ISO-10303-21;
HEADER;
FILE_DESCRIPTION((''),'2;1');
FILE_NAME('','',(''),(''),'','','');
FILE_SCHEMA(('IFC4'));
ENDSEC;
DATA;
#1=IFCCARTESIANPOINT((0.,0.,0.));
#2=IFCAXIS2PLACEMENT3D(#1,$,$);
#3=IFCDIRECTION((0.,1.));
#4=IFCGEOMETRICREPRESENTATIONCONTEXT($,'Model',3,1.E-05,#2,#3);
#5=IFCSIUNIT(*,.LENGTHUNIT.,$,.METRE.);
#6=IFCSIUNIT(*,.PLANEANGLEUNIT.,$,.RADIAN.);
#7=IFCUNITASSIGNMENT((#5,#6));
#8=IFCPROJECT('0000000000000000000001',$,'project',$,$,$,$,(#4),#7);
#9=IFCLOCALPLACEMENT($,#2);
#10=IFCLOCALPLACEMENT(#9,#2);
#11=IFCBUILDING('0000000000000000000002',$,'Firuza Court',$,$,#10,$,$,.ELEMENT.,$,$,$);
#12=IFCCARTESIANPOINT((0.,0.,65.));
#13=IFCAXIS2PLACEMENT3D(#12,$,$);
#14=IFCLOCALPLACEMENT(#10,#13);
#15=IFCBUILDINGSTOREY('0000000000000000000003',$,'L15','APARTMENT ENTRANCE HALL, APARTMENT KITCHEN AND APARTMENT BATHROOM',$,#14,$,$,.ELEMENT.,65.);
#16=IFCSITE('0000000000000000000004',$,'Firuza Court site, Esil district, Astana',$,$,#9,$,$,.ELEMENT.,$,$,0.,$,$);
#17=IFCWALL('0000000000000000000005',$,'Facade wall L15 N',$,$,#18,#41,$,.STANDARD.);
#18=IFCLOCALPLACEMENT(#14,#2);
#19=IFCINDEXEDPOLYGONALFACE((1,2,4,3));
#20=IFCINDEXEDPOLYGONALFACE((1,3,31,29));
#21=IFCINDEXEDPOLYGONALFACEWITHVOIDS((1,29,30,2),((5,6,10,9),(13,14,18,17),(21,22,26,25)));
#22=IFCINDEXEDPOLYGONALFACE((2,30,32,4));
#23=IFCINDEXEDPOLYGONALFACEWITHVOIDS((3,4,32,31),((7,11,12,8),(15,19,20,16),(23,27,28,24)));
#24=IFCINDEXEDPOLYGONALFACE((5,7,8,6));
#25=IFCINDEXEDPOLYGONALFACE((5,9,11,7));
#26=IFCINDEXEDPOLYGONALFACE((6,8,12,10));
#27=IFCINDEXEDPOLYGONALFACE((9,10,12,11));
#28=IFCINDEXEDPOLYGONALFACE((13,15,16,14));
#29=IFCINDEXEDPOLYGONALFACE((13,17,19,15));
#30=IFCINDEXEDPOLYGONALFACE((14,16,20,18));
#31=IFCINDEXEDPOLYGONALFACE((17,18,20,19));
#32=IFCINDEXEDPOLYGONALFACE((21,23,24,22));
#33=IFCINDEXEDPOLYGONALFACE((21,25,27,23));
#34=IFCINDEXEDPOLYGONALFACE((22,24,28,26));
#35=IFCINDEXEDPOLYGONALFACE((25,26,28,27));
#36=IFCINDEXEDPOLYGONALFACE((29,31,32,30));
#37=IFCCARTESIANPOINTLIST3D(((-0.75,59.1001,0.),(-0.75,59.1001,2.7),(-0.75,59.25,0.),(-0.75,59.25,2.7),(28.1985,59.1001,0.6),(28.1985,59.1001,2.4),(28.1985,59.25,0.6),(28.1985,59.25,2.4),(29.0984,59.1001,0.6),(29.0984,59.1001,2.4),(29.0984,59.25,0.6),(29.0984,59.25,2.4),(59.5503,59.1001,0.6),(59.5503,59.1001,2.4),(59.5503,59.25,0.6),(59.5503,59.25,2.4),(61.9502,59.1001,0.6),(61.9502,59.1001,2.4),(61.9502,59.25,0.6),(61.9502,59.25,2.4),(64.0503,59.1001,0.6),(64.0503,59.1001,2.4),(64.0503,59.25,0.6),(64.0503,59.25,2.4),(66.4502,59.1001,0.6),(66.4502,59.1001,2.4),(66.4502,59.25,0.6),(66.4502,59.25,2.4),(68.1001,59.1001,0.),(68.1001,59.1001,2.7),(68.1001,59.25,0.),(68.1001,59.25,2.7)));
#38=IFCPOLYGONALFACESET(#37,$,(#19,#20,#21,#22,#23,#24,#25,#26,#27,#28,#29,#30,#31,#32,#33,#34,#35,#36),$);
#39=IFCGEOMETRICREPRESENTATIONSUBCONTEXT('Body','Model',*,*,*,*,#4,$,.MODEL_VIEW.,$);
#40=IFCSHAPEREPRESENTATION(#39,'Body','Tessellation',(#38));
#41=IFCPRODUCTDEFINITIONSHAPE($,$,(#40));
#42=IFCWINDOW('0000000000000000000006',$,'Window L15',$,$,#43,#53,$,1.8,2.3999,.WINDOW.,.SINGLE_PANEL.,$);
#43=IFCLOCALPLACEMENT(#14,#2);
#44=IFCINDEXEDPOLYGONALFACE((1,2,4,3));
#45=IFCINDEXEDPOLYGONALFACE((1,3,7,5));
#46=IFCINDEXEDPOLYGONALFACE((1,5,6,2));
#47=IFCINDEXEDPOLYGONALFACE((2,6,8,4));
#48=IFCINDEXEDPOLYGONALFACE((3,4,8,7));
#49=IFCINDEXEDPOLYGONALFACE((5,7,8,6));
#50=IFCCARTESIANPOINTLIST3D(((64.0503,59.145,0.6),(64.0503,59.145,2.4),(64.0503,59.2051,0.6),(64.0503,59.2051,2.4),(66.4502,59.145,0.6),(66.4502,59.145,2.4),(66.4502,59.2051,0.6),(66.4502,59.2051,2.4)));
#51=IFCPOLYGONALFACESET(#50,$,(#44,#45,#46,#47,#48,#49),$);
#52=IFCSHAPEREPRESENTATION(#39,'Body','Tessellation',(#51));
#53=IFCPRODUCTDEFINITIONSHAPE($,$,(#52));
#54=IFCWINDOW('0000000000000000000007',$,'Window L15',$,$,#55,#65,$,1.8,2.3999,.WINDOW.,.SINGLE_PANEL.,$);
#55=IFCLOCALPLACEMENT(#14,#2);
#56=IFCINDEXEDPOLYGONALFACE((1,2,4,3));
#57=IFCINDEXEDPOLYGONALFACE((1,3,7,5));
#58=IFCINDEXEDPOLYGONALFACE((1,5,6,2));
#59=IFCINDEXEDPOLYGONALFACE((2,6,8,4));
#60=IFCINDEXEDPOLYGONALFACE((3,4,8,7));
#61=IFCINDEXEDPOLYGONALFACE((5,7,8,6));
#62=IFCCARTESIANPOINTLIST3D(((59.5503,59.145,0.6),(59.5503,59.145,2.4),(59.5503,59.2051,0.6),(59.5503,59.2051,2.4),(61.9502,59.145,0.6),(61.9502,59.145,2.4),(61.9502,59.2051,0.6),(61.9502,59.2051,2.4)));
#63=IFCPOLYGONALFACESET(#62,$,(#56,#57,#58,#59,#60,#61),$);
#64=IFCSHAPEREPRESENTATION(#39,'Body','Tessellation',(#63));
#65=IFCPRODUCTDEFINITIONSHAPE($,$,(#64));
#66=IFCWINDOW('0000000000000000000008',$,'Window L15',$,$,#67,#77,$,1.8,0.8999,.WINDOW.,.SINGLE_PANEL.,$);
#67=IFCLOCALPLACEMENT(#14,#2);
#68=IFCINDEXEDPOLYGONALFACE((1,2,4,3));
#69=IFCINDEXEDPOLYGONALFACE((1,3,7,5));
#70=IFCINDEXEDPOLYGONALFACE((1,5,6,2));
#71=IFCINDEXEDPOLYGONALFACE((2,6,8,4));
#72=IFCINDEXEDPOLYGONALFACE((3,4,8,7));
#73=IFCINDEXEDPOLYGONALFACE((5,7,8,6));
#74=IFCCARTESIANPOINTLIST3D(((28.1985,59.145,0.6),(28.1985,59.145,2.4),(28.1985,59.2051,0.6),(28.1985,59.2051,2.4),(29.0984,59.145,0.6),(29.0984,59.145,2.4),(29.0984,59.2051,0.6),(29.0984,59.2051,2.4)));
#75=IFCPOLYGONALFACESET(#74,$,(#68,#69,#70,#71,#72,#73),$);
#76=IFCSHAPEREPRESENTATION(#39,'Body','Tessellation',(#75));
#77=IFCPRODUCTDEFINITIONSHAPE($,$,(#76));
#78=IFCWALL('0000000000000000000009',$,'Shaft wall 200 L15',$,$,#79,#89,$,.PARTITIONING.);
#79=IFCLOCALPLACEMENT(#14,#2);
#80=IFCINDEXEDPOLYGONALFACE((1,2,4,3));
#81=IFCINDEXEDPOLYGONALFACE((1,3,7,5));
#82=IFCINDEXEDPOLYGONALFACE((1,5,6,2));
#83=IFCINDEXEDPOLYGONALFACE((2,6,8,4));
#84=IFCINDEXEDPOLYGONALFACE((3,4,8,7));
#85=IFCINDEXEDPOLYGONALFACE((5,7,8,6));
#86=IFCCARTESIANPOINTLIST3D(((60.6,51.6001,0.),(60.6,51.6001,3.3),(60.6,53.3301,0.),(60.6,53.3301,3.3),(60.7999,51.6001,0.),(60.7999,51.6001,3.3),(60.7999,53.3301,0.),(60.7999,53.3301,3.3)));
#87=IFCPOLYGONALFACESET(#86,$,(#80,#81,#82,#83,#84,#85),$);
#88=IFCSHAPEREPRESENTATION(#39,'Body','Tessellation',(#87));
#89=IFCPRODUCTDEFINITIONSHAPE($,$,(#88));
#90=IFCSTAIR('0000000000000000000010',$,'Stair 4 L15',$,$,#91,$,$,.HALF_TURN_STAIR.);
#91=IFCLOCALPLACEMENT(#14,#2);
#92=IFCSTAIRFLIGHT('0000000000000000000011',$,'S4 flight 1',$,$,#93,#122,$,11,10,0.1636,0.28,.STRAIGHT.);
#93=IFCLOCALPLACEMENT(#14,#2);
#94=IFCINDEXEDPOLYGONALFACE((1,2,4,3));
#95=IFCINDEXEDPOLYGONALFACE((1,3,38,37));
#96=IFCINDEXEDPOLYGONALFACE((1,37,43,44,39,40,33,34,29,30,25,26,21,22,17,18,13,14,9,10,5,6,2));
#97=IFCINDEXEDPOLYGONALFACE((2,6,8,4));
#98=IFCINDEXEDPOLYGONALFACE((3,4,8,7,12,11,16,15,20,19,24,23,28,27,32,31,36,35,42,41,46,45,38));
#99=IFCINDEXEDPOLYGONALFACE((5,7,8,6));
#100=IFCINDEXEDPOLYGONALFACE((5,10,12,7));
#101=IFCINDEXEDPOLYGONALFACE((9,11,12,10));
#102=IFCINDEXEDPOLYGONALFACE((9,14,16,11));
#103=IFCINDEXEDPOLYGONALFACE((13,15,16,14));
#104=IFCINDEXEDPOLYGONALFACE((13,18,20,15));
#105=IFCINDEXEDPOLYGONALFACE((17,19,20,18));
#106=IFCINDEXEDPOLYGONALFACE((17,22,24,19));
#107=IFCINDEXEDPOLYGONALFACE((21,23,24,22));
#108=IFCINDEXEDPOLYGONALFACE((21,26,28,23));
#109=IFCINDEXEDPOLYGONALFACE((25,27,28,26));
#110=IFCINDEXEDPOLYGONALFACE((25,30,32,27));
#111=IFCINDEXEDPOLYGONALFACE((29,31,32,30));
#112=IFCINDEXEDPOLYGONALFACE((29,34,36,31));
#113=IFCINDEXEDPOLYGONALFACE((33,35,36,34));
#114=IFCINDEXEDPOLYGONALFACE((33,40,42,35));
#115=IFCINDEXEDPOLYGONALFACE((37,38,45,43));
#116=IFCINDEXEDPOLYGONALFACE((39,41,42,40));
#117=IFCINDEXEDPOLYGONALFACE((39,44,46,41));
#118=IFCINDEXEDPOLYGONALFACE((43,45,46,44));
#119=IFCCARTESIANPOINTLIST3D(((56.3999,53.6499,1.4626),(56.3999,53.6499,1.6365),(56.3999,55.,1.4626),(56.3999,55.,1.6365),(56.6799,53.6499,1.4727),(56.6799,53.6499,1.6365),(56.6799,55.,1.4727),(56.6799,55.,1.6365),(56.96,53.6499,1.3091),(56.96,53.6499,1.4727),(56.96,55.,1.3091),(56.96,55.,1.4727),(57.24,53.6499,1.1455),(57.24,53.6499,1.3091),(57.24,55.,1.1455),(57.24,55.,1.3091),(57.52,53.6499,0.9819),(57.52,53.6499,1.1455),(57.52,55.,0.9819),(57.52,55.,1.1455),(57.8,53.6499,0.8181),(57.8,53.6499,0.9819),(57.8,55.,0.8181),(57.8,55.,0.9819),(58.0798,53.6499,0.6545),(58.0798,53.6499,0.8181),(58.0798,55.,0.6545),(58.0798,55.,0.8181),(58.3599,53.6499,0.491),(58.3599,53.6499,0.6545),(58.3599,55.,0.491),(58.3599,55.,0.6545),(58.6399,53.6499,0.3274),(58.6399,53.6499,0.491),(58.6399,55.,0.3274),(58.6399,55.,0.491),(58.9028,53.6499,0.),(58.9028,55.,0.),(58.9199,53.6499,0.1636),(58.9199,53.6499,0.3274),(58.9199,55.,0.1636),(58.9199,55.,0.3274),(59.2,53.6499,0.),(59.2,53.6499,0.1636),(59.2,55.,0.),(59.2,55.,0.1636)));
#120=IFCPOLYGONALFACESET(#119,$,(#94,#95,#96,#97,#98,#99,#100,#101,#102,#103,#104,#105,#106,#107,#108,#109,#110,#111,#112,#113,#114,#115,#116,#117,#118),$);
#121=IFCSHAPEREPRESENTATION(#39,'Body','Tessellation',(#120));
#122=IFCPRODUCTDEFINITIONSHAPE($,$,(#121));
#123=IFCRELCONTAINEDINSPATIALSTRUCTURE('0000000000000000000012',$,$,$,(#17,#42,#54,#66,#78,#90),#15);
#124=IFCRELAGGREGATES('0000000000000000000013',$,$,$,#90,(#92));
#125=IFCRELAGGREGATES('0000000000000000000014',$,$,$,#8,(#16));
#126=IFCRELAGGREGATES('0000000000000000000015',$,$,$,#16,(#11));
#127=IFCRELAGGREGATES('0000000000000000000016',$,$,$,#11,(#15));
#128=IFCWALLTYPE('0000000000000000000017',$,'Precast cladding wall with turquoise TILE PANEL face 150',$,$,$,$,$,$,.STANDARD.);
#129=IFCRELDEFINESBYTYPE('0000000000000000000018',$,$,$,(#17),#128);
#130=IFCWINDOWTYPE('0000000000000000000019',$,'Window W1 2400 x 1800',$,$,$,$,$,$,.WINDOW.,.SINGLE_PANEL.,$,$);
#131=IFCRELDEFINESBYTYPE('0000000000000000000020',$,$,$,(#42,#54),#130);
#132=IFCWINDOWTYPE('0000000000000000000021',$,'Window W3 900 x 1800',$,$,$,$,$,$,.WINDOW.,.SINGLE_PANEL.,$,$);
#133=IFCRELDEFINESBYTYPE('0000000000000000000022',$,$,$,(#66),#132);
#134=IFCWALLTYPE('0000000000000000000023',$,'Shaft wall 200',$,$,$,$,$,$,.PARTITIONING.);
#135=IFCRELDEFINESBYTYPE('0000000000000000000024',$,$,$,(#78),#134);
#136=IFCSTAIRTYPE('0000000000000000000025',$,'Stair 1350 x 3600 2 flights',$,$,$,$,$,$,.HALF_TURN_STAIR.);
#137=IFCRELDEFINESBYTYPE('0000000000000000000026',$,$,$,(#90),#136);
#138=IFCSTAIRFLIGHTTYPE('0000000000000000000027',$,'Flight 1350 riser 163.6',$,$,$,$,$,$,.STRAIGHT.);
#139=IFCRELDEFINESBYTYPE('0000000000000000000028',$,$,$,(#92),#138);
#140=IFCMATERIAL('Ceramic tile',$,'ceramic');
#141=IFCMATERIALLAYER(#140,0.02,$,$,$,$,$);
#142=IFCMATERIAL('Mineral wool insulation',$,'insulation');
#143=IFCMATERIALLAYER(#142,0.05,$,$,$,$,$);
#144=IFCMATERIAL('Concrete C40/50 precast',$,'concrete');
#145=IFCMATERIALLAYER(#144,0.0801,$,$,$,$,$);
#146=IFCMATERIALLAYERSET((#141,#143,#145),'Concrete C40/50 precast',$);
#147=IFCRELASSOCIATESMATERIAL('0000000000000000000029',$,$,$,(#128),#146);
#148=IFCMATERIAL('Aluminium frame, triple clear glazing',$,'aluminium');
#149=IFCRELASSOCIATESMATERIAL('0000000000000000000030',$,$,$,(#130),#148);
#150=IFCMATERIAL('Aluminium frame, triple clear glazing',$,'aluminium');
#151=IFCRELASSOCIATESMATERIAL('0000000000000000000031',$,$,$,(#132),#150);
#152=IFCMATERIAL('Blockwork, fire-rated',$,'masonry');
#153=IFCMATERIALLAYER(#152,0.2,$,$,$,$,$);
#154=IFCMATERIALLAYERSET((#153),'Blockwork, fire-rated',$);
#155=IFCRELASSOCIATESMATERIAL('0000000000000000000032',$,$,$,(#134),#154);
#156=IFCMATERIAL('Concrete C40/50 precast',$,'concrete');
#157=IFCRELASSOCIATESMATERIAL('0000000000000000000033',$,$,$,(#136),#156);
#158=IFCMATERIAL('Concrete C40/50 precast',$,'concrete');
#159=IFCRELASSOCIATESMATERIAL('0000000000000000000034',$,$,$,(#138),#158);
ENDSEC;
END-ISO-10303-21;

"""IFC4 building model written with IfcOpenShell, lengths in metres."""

from ifc_helpers import new_model, si_unit, direction, frame, frame_2d, origin, place, context, subcontext, project, spatial, polyline, rectangle, outline, extrude, material, layer, layer_set, type_object, element, fill, aggregate, save


model = new_model("IFC4")

# Units and contexts
model_context = context("Model", 3, precision=1e-05, world=origin(), true_north=direction((0.0, 1.0)))
body_context = subcontext(model_context, "Body", "Model", "MODEL_VIEW")
ifc_project = project(units=[si_unit("LENGTHUNIT", "METRE"), si_unit("PLANEANGLEUNIT", "RADIAN")], contexts=[model_context])

# Site, building, storey
site_placement = place(None, origin())
site = spatial("IfcSite", under=ifc_project, at=site_placement, Name="Firuza Court site, Esil district, Astana", CompositionType="ELEMENT", RefElevation=0.0)
building_placement = place(site_placement, origin())
building = spatial("IfcBuilding", under=site, at=building_placement, Name="Firuza Court", CompositionType="ELEMENT")
storey_placement = place(building_placement, frame((0.0, 0.0, 65.0)))
storey = spatial("IfcBuildingStorey", under=building, at=storey_placement, Name="L15", Description="APARTMENT ENTRANCE HALL, APARTMENT KITCHEN AND APARTMENT BATHROOM", CompositionType="ELEMENT", Elevation=65.0)

# Wall, openings, windows
ifc_material_1 = material(Name="Ceramic tile", Category="ceramic")
ifc_layer_1 = layer(ifc_material_1, 0.02)
ifc_material_2 = material(Name="Mineral wool insulation", Category="insulation")
ifc_layer_2 = layer(ifc_material_2, 0.05)
ifc_material_3 = material(Name="Concrete C40/50 precast", Category="concrete")
ifc_layer_3 = layer(ifc_material_3, 0.0801)
ifc_layer_set_1 = layer_set([ifc_layer_1, ifc_layer_2, ifc_layer_3], Name="Concrete C40/50 precast")
wall_type_1 = type_object("IfcWallType", Name="Precast cladding wall with turquoise TILE PANEL face 150", PredefinedType="STANDARD", material=ifc_layer_set_1)
wall_1_placement = place(storey_placement, frame((68.1001, 59.175, 0.0), z_axis=(0.0, 0.0, 1.0), x_axis=(-1.0, 0.0, 0.0)))
wall_1 = element("IfcWall", 1, at=wall_1_placement, inside=storey, type_object=wall_type_1, Name="Facade wall L15 N", PredefinedType="STANDARD", context=body_context, shape_type="SweptSolid", body=[
    extrude(rectangle(XDim=68.8501, YDim=0.1499, at=frame_2d((34.425, 0.0))), origin(), (0.0, 0.0, 1.0), 2.7),
])
opening_1_placement = place(wall_1_placement, frame((1.6499, 0.0, 0.6001)))
opening_1 = element("IfcOpeningElement", 2, at=opening_1_placement, cuts=wall_1, PredefinedType="OPENING", context=body_context, shape_type="SweptSolid", body=[
    extrude(rectangle(XDim=2.3999, YDim=1.8, at=frame_2d((1.2, 0.8999))), frame((0.0, 0.0869, 0.0), z_axis=(0.0, -1.0, 0.0), x_axis=(1.0, 0.0, 0.0)), (0.0, 0.0, 1.0), 0.1738),
])
opening_2_placement = place(wall_1_placement, frame((6.1499, 0.0, 0.6001)))
opening_2 = element("IfcOpeningElement", 3, at=opening_2_placement, cuts=wall_1, PredefinedType="OPENING", context=body_context, shape_type="SweptSolid", body=[
    extrude(rectangle(XDim=2.3999, YDim=1.8, at=frame_2d((1.2, 0.8999))), frame((0.0, 0.0869, 0.0), z_axis=(0.0, -1.0, 0.0), x_axis=(1.0, 0.0, 0.0)), (0.0, 0.0, 1.0), 0.1738),
])
opening_3_placement = place(wall_1_placement, frame((39.0017, 0.0, 0.6001)))
opening_3 = element("IfcOpeningElement", 4, at=opening_3_placement, cuts=wall_1, PredefinedType="OPENING", context=body_context, shape_type="SweptSolid", body=[
    extrude(rectangle(XDim=0.8999, YDim=1.8, at=frame_2d((0.45, 0.8999))), frame((0.0, 0.0869, 0.0), z_axis=(0.0, -1.0, 0.0), x_axis=(1.0, 0.0, 0.0)), (0.0, 0.0, 1.0), 0.1738),
])
ifc_material_4 = material(Name="Aluminium frame, triple clear glazing", Category="aluminium")
window_type_1 = type_object("IfcWindowType", Name="Window W1 2400 x 1800", PartitioningType="SINGLE_PANEL", PredefinedType="WINDOW", material=ifc_material_4)
window_1_placement = place(opening_1_placement, origin())
window_1 = element("IfcWindow", 5, at=window_1_placement, inside=storey, type_object=window_type_1, Name="Window L15", OverallHeight=1.8, OverallWidth=2.3999, PartitioningType="SINGLE_PANEL", PredefinedType="WINDOW", context=body_context, shape_type="SweptSolid", body=[
    extrude(rectangle(XDim=2.3999, YDim=1.8, at=frame_2d((1.2, 0.8999))), frame((0.0, 0.03, 0.0), z_axis=(0.0, -1.0, 0.0), x_axis=(1.0, 0.0, 0.0)), (0.0, 0.0, 1.0), 0.0601),
])
fill(opening_1, window_1)
window_2_placement = place(opening_2_placement, origin())
window_2 = element("IfcWindow", 6, at=window_2_placement, inside=storey, type_object=window_type_1, Name="Window L15", OverallHeight=1.8, OverallWidth=2.3999, PartitioningType="SINGLE_PANEL", PredefinedType="WINDOW", context=body_context, shape_type="SweptSolid", body=[
    extrude(rectangle(XDim=2.3999, YDim=1.8, at=frame_2d((1.2, 0.8999))), frame((0.0, 0.03, 0.0), z_axis=(0.0, -1.0, 0.0), x_axis=(1.0, 0.0, 0.0)), (0.0, 0.0, 1.0), 0.0601),
])
fill(opening_2, window_2)
ifc_material_5 = material(Name="Aluminium frame, triple clear glazing", Category="aluminium")
window_type_2 = type_object("IfcWindowType", Name="Window W3 900 x 1800", PartitioningType="SINGLE_PANEL", PredefinedType="WINDOW", material=ifc_material_5)
window_3_placement = place(opening_3_placement, origin())
window_3 = element("IfcWindow", 7, at=window_3_placement, inside=storey, type_object=window_type_2, Name="Window L15", OverallHeight=1.8, OverallWidth=0.8999, PartitioningType="SINGLE_PANEL", PredefinedType="WINDOW", context=body_context, shape_type="SweptSolid", body=[
    extrude(rectangle(XDim=0.8999, YDim=1.8, at=frame_2d((0.45, 0.8999))), frame((0.0, 0.03, 0.0), z_axis=(0.0, -1.0, 0.0), x_axis=(1.0, 0.0, 0.0)), (0.0, 0.0, 1.0), 0.0601),
])
fill(opening_3, window_3)

# Wall
ifc_material_6 = material(Name="Blockwork, fire-rated", Category="masonry")
ifc_layer_4 = layer(ifc_material_6, 0.2)
ifc_layer_set_2 = layer_set([ifc_layer_4], Name="Blockwork, fire-rated")
wall_type_2 = type_object("IfcWallType", Name="Shaft wall 200", PredefinedType="PARTITIONING", material=ifc_layer_set_2)
wall_2_placement = place(storey_placement, frame((60.7, 51.6001, 0.0), z_axis=(0.0, 0.0, 1.0), x_axis=(0.0, 1.0, 0.0)))
element("IfcWall", 8, at=wall_2_placement, inside=storey, type_object=wall_type_2, Name="Shaft wall 200 L15", PredefinedType="PARTITIONING", context=body_context, shape_type="SweptSolid", body=[
    extrude(rectangle(XDim=1.73, YDim=0.2, at=frame_2d((0.865, 0.0))), origin(), (0.0, 0.0, 1.0), 3.3),
])

# Stair, stair flight
ifc_material_7 = material(Name="Concrete C40/50 precast", Category="concrete")
stair_type = type_object("IfcStairType", Name="Stair 1350 x 3600 2 flights", PredefinedType="HALF_TURN_STAIR", material=ifc_material_7)
stair_placement = place(storey_placement, origin())
stair = element("IfcStair", 9, at=stair_placement, inside=storey, type_object=stair_type, Name="Stair 4 L15", PredefinedType="HALF_TURN_STAIR")
ifc_material_8 = material(Name="Concrete C40/50 precast", Category="concrete")
stair_flight_type = type_object("IfcStairFlightType", Name="Flight 1350 riser 163.6", PredefinedType="STRAIGHT", material=ifc_material_8)
stair_flight_placement = place(storey_placement, frame((59.2, 54.325, 0.0), z_axis=(0.0, 0.0, 1.0), x_axis=(-1.0, 0.0, 0.0)))
stair_flight = element("IfcStairFlight", 10, at=stair_flight_placement, type_object=stair_flight_type, Name="S4 flight 1", NumberOfRisers=11, NumberOfTreads=10, PredefinedType="STRAIGHT", RiserHeight=0.1636, TreadLength=0.28, context=body_context, shape_type="SweptSolid", body=[
    extrude(outline(polyline([(0.0, 0.0), (0.0, 0.1636), (0.28, 0.1636), (0.28, 0.3274), (0.5601, 0.3274), (0.5601, 0.491), (0.8401, 0.491), (0.8401, 0.6545), (1.1201, 0.6545), (1.1201, 0.8181), (1.3999, 0.8181), (1.3999, 0.9819), (1.6799, 0.9819), (1.6799, 1.1455), (1.96, 1.1455), (1.96, 1.3091), (2.24, 1.3091), (2.24, 1.4727), (2.52, 1.4727), (2.52, 1.6365), (2.8, 1.6365), (2.8, 1.8), (2.8, 1.4626), (0.2971, 0.0), (0.0, 0.0)])), frame((0.0, 0.675, 0.0), z_axis=(0.0, -1.0, 0.0), x_axis=(1.0, 0.0, 0.0)), (0.0, 0.0, 1.0), 1.3501),
])
aggregate(stair, [stair_flight])

save(model, "model.ifc")
